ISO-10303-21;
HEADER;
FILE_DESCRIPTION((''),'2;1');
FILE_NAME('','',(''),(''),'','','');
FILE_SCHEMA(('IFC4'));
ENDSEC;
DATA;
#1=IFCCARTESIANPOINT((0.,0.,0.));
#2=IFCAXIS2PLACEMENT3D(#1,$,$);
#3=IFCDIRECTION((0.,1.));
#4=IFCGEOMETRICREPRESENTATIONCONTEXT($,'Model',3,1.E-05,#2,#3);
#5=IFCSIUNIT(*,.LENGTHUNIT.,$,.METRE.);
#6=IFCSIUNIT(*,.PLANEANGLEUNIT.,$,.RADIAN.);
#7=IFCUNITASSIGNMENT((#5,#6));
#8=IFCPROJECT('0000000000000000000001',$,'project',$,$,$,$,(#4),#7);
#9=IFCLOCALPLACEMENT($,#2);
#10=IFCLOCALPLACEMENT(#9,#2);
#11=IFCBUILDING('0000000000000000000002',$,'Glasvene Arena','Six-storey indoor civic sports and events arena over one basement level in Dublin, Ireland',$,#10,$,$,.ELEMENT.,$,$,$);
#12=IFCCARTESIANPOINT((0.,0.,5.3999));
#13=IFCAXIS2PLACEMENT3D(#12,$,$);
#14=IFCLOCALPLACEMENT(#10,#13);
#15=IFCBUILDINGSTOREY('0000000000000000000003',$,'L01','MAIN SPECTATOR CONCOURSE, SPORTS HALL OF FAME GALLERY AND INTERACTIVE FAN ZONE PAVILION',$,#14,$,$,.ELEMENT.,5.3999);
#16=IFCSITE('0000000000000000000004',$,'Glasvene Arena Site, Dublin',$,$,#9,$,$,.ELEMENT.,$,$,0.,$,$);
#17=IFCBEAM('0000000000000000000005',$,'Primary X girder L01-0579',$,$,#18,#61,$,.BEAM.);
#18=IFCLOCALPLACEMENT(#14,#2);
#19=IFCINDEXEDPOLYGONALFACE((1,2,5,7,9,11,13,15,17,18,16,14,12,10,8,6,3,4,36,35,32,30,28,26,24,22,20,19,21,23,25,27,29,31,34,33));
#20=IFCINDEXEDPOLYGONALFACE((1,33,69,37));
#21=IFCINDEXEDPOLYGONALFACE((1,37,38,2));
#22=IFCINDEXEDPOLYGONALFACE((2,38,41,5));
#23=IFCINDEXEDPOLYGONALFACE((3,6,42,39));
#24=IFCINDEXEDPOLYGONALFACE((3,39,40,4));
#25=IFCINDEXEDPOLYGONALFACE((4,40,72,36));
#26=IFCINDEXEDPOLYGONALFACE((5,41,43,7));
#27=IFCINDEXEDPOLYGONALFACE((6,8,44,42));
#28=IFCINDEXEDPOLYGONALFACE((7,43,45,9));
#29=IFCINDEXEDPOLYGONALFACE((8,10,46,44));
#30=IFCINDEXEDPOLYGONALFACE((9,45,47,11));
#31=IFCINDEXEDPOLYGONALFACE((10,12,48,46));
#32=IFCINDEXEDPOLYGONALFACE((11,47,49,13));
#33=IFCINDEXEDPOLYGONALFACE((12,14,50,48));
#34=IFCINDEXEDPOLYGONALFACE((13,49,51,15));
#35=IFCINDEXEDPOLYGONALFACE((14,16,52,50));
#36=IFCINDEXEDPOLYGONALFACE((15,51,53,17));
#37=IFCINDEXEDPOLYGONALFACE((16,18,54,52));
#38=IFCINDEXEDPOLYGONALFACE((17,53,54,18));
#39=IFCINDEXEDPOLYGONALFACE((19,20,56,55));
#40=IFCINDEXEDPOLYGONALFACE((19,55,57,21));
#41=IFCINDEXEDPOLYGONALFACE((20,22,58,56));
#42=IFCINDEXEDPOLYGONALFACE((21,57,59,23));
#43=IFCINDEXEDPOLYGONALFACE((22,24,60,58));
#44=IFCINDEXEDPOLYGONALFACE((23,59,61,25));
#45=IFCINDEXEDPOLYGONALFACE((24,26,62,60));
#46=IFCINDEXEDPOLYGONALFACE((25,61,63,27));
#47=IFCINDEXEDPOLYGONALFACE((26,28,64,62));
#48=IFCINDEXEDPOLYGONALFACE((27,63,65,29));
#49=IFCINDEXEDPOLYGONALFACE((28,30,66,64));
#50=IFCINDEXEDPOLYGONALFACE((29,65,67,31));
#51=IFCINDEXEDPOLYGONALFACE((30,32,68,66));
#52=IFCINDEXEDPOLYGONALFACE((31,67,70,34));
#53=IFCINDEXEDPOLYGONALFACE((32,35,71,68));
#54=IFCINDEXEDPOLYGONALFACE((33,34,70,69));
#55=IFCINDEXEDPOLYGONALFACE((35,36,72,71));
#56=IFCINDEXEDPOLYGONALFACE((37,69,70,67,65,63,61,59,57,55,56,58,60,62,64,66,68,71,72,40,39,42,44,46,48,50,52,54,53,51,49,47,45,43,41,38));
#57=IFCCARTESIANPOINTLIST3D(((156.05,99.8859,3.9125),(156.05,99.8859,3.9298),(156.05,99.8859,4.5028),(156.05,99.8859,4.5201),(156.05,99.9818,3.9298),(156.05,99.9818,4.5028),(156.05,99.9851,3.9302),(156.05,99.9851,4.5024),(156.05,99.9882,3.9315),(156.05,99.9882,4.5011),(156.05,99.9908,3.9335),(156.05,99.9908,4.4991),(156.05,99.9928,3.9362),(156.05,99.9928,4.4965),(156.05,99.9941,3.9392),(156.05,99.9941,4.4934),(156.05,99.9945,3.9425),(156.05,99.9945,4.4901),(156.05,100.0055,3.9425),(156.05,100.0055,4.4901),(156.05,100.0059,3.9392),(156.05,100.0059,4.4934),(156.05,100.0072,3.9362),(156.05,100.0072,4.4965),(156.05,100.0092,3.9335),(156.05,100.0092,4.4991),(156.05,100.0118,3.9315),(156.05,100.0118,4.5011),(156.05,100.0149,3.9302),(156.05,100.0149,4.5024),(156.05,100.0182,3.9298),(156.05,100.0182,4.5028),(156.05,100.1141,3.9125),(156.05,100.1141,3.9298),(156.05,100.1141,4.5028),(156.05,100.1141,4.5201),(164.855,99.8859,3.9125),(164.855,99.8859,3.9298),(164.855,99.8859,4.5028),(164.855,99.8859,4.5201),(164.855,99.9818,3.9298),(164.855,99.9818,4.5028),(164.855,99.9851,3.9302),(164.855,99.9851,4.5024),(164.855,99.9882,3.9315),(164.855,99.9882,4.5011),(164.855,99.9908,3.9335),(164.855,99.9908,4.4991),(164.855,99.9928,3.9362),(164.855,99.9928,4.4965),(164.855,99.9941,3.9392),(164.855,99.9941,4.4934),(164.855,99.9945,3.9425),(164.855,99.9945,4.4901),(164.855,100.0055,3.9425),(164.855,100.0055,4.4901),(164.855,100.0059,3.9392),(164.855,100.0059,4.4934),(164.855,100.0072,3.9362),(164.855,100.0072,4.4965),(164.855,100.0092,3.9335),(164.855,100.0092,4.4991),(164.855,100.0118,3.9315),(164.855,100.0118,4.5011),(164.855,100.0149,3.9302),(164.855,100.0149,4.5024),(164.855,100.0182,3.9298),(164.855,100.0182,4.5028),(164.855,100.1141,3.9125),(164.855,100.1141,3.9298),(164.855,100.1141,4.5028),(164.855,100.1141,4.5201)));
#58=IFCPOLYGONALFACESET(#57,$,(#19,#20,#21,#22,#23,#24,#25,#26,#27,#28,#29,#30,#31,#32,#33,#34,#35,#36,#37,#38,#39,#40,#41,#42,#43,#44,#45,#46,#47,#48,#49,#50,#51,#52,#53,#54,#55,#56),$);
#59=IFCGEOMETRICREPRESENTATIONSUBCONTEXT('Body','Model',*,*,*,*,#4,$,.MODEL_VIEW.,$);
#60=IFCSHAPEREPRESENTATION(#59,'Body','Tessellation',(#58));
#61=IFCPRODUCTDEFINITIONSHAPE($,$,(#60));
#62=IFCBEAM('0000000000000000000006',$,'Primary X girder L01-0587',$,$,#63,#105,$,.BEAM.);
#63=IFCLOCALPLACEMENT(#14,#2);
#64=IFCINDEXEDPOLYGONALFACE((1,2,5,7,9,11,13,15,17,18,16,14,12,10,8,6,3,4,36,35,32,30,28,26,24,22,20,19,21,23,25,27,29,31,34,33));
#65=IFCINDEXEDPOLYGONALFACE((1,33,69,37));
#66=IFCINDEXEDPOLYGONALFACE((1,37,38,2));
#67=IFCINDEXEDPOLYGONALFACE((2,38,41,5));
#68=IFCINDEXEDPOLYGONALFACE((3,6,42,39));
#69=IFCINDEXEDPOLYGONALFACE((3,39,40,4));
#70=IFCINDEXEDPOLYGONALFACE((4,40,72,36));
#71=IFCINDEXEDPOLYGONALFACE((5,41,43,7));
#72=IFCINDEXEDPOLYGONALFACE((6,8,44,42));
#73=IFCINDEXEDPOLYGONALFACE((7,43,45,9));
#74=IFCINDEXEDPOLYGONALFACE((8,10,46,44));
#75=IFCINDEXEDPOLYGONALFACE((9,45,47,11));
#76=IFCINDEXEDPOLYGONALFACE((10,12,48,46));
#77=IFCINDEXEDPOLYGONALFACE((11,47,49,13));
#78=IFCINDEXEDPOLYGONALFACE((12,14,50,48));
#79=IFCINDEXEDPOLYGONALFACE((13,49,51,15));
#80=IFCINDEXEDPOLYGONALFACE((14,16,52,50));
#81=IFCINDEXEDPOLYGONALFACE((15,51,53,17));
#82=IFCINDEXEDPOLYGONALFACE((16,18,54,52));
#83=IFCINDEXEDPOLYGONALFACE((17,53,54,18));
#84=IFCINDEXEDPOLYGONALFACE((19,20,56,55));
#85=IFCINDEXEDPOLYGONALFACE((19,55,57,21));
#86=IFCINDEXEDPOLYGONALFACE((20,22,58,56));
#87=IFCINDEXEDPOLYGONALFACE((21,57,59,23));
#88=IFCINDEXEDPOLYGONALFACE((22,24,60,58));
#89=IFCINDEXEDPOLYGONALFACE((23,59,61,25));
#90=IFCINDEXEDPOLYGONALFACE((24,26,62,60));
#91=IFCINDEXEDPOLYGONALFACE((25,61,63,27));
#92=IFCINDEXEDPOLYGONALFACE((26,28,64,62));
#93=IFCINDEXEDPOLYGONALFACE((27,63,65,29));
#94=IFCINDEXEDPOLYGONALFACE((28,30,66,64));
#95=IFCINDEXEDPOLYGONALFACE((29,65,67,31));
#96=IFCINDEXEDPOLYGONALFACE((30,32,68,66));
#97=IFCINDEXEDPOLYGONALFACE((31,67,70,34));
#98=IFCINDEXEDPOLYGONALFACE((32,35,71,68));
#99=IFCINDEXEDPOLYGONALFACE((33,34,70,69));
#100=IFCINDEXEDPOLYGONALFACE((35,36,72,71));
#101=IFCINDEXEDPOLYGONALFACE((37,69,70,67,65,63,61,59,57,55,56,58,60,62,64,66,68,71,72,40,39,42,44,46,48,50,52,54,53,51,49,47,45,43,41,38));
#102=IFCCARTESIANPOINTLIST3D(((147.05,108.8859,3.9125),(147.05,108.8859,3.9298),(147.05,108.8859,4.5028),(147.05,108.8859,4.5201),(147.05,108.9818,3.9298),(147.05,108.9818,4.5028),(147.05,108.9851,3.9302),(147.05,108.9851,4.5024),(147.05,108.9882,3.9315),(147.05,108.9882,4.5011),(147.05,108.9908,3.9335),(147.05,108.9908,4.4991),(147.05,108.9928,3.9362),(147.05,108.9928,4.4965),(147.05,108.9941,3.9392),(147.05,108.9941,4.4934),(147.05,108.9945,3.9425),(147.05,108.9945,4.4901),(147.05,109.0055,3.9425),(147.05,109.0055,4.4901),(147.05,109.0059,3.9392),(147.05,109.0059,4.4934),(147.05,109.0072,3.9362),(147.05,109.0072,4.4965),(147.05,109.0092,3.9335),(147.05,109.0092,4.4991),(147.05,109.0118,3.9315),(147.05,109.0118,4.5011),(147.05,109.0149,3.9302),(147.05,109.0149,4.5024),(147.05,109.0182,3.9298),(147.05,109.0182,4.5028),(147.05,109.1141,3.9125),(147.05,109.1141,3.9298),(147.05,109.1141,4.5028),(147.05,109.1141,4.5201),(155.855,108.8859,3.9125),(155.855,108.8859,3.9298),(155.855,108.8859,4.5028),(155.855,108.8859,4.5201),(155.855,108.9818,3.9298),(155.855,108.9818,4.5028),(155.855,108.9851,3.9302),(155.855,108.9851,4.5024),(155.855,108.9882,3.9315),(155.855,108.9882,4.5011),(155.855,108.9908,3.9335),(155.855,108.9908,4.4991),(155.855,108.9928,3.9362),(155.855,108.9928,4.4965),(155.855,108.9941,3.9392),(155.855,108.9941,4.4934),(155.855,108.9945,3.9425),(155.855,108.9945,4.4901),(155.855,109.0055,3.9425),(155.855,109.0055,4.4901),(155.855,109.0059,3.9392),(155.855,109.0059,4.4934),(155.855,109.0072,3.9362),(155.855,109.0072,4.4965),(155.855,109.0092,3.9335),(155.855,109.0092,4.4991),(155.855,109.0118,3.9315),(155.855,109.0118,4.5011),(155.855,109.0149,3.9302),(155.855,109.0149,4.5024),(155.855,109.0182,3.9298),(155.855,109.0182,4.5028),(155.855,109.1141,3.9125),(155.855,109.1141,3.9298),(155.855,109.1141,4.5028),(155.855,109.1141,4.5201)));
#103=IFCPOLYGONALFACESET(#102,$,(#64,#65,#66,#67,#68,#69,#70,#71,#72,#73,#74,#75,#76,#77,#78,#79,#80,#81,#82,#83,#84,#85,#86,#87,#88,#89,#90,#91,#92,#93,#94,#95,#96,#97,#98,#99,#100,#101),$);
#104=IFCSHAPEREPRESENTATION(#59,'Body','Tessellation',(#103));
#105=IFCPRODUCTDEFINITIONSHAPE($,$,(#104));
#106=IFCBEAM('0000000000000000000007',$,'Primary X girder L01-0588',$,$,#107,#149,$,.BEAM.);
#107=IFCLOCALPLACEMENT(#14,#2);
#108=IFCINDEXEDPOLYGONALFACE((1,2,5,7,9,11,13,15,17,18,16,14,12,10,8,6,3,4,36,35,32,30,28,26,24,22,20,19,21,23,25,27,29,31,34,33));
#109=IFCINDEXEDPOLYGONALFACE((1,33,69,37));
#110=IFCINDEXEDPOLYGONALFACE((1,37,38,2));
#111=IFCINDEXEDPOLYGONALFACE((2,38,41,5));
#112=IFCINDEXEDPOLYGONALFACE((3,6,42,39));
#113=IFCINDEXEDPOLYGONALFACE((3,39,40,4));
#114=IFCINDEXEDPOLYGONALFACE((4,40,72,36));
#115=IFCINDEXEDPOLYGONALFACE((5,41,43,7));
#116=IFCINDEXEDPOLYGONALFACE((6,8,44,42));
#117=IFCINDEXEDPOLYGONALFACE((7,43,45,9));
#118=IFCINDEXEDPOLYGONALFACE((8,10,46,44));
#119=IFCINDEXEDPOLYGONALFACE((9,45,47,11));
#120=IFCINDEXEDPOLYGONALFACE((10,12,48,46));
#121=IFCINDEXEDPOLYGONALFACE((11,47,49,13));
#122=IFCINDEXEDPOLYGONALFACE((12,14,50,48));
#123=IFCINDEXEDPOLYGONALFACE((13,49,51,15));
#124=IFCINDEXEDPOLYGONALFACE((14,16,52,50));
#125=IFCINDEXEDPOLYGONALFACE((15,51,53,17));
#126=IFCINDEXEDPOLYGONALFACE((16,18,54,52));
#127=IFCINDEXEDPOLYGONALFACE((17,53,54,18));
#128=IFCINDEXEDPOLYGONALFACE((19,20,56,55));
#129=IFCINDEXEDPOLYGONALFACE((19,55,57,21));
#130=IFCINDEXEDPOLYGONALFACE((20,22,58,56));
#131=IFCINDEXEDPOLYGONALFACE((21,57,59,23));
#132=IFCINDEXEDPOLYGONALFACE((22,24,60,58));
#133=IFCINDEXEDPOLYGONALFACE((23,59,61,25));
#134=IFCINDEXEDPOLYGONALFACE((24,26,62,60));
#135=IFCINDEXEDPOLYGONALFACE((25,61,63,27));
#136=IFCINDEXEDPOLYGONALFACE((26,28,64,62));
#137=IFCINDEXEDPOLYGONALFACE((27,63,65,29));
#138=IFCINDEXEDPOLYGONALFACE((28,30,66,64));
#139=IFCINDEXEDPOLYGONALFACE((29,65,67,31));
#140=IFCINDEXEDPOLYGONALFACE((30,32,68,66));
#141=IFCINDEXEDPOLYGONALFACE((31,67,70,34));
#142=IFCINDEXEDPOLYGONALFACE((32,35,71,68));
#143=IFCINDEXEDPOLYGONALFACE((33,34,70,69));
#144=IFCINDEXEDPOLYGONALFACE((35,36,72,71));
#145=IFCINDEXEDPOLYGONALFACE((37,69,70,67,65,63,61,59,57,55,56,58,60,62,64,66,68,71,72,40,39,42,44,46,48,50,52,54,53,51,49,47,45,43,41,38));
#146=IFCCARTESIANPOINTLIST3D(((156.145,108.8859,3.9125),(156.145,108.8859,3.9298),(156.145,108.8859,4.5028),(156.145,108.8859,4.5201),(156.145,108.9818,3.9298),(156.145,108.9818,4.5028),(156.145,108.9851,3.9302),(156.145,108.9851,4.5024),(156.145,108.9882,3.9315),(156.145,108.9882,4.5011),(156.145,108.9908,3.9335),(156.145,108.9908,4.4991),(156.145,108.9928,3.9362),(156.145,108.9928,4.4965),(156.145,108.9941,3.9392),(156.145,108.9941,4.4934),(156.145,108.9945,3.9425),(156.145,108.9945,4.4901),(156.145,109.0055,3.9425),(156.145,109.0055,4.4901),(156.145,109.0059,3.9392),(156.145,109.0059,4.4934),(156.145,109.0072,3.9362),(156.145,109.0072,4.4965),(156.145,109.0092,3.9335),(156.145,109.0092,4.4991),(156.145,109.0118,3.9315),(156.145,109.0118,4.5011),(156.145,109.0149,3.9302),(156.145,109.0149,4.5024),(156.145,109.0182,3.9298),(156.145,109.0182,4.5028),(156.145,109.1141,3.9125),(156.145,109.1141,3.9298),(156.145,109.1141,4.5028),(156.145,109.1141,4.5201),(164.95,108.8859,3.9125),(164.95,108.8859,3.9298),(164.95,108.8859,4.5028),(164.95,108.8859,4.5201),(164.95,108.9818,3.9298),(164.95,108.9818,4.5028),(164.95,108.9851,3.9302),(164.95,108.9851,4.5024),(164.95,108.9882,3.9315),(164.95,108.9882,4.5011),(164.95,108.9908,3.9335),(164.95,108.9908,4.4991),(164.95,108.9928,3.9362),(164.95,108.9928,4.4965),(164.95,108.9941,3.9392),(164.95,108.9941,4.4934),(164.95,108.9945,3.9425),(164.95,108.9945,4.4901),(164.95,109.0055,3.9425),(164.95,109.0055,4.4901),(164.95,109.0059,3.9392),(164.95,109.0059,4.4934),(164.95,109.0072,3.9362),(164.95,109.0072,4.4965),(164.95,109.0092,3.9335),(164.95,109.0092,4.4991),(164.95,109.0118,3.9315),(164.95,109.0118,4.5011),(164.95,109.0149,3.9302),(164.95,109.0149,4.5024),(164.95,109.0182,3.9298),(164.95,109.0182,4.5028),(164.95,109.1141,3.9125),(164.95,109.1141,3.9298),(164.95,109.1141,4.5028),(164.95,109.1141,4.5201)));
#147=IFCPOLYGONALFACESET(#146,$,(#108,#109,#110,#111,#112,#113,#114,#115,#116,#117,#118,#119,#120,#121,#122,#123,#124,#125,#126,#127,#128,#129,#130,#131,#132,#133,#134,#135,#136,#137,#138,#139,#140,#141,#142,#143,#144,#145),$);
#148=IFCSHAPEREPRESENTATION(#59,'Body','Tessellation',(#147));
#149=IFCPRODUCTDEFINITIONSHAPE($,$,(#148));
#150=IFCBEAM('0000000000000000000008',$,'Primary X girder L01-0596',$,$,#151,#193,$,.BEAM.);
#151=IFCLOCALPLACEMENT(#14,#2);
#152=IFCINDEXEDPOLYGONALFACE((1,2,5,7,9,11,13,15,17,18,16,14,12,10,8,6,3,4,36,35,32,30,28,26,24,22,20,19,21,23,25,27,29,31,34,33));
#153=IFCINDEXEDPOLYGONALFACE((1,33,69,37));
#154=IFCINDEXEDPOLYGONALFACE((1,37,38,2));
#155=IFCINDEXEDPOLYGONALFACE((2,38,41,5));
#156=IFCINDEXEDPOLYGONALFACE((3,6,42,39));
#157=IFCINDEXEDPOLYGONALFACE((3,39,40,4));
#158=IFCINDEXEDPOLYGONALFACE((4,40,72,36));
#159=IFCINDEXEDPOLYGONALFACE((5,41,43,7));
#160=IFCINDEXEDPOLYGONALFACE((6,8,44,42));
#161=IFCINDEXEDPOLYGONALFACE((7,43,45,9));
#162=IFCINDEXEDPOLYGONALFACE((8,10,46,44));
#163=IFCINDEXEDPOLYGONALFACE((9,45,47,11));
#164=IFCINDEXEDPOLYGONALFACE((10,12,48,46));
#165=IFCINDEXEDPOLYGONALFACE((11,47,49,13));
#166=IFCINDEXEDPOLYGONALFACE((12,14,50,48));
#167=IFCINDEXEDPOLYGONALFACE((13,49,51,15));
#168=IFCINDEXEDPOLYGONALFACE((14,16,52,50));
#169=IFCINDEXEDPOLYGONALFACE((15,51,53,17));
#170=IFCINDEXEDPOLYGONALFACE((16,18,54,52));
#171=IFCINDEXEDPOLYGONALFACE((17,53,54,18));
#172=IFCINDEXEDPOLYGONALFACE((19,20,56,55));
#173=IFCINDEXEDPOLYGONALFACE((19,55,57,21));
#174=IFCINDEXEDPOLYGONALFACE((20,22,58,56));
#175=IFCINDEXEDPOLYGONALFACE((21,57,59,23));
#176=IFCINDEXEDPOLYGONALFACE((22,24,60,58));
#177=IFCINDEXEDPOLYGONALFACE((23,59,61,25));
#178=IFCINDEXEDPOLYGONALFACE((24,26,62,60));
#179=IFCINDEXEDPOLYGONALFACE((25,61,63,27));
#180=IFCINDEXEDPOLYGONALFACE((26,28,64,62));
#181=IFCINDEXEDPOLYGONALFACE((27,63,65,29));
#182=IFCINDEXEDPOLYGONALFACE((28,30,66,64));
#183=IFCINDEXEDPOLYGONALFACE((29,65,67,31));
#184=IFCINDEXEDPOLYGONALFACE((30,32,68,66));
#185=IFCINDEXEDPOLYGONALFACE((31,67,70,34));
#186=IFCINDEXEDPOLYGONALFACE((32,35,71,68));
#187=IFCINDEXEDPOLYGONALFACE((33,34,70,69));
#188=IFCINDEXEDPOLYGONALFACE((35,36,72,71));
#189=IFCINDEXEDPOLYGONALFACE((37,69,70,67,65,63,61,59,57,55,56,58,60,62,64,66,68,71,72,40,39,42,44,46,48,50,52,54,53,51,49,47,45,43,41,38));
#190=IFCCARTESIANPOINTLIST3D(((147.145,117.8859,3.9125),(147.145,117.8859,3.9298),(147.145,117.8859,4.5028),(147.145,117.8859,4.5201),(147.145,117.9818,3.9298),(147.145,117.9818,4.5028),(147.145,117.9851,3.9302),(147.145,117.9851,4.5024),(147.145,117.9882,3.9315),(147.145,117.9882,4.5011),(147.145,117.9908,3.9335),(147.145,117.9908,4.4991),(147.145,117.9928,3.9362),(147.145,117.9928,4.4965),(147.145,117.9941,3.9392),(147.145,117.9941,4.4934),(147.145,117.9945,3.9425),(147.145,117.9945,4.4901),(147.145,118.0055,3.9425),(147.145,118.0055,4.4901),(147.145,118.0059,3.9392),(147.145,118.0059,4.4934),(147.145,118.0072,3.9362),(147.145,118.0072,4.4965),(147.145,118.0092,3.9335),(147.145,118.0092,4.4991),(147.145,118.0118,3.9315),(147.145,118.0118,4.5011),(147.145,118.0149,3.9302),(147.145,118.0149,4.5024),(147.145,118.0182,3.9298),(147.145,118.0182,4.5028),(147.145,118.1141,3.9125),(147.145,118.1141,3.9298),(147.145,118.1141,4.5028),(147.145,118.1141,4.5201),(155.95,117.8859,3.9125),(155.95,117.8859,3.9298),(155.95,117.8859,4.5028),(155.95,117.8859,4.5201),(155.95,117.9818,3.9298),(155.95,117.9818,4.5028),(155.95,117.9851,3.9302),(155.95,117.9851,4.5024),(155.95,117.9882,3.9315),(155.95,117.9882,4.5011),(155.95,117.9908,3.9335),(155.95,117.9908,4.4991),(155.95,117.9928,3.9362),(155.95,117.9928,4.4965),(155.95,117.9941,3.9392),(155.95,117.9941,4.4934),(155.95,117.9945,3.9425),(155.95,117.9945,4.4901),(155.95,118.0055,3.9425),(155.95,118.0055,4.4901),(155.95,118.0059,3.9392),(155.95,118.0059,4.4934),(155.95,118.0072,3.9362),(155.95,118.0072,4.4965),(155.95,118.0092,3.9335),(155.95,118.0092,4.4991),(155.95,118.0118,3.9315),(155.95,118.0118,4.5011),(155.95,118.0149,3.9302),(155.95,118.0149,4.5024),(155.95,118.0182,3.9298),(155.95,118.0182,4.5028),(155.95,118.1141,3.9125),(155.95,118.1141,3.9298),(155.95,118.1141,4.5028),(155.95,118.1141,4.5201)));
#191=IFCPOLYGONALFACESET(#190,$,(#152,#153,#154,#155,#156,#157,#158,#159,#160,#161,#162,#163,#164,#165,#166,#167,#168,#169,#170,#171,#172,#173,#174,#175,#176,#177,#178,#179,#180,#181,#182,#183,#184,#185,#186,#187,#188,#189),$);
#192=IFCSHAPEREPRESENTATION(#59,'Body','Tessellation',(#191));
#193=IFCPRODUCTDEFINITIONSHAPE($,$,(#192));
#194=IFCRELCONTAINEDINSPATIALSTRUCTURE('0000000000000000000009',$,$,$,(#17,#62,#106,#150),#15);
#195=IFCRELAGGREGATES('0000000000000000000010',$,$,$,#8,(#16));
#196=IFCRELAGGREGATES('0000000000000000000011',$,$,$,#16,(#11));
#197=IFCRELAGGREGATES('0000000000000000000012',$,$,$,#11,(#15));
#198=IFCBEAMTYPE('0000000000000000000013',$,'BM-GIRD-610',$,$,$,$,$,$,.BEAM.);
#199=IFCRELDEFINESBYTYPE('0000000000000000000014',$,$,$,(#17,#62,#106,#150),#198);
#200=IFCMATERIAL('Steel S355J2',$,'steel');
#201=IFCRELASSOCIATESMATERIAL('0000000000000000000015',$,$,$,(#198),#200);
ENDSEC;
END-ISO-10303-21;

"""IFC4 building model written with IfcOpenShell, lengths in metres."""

from ifc_helpers import new_model, si_unit, direction, frame, origin, origin_2d, place, context, subcontext, project, spatial, i_section, extrude, material, material_profile, profile_set, type_object, element, save


model = new_model("IFC4")

# Units and contexts
model_context = context("Model", 3, precision=1e-05, world=origin(), true_north=direction((0.0, 1.0)))
body_context = subcontext(model_context, "Body", "Model", "MODEL_VIEW")
ifc_project = project(units=[si_unit("LENGTHUNIT", "METRE"), si_unit("PLANEANGLEUNIT", "RADIAN")], contexts=[model_context])

# Site, building, storey
site_placement = place(None, origin())
site = spatial("IfcSite", under=ifc_project, at=site_placement, Name="Glasvene Arena Site, Dublin", CompositionType="ELEMENT", RefElevation=0.0)
building_placement = place(site_placement, origin())
building = spatial("IfcBuilding", under=site, at=building_placement, Name="Glasvene Arena", Description="Six-storey indoor civic sports and events arena over one basement level in Dublin, Ireland", CompositionType="ELEMENT")
storey_placement = place(building_placement, frame((0.0, 0.0, 5.3999)))
storey = spatial("IfcBuildingStorey", under=building, at=storey_placement, Name="L01", Description="MAIN SPECTATOR CONCOURSE, SPORTS HALL OF FAME GALLERY AND INTERACTIVE FAN ZONE PAVILION", CompositionType="ELEMENT", Elevation=5.3999)

# Shared definitions
ifc_material_1 = material(Name="Steel S355J2", Category="steel")

# Beams
ifc_material_profile_1 = material_profile(ifc_material_1, i_section(OverallWidth=0.2283, OverallDepth=0.6077, WebThickness=0.011, FlangeThickness=0.0173, FilletRadius=0.0127, at=origin_2d()), Name="UKB 610x229x113")
ifc_profile_set_1 = profile_set([ifc_material_profile_1], Name="Steel S355J2")
beam_type_1 = type_object("IfcBeamType", Name="BM-GIRD-610", PredefinedType="BEAM", material=ifc_profile_set_1)
for number, where, z_axis, x_axis, name in (
    (1, (156.05, 100.0, 4.2163), (1.0, 0.0, 0.0), (0.0, 1.0, 0.0), "Primary X girder L01-0579"),
    (2, (147.05, 109.0, 4.2163), (1.0, 0.0, 0.0), (0.0, 1.0, 0.0), "Primary X girder L01-0587"),
    (3, (156.145, 109.0, 4.2163), (1.0, 0.0, 0.0), (0.0, 1.0, 0.0), "Primary X girder L01-0588"),
    (4, (147.145, 118.0, 4.2163), (1.0, 0.0, 0.0), (0.0, 1.0, 0.0), "Primary X girder L01-0596"),
):
    element("IfcBeam", number, at=place(storey_placement, frame(where, z_axis=z_axis, x_axis=x_axis)), inside=storey, type_object=beam_type_1, Name=name, PredefinedType="BEAM", context=body_context, shape_type="SweptSolid", body=[
        extrude(i_section(OverallWidth=0.2283, OverallDepth=0.6077, WebThickness=0.011, FlangeThickness=0.0173, FilletRadius=0.0127, at=origin_2d()), origin(), (0.0, 0.0, 1.0), 8.8049),
    ])

save(model, "model.ifc")
